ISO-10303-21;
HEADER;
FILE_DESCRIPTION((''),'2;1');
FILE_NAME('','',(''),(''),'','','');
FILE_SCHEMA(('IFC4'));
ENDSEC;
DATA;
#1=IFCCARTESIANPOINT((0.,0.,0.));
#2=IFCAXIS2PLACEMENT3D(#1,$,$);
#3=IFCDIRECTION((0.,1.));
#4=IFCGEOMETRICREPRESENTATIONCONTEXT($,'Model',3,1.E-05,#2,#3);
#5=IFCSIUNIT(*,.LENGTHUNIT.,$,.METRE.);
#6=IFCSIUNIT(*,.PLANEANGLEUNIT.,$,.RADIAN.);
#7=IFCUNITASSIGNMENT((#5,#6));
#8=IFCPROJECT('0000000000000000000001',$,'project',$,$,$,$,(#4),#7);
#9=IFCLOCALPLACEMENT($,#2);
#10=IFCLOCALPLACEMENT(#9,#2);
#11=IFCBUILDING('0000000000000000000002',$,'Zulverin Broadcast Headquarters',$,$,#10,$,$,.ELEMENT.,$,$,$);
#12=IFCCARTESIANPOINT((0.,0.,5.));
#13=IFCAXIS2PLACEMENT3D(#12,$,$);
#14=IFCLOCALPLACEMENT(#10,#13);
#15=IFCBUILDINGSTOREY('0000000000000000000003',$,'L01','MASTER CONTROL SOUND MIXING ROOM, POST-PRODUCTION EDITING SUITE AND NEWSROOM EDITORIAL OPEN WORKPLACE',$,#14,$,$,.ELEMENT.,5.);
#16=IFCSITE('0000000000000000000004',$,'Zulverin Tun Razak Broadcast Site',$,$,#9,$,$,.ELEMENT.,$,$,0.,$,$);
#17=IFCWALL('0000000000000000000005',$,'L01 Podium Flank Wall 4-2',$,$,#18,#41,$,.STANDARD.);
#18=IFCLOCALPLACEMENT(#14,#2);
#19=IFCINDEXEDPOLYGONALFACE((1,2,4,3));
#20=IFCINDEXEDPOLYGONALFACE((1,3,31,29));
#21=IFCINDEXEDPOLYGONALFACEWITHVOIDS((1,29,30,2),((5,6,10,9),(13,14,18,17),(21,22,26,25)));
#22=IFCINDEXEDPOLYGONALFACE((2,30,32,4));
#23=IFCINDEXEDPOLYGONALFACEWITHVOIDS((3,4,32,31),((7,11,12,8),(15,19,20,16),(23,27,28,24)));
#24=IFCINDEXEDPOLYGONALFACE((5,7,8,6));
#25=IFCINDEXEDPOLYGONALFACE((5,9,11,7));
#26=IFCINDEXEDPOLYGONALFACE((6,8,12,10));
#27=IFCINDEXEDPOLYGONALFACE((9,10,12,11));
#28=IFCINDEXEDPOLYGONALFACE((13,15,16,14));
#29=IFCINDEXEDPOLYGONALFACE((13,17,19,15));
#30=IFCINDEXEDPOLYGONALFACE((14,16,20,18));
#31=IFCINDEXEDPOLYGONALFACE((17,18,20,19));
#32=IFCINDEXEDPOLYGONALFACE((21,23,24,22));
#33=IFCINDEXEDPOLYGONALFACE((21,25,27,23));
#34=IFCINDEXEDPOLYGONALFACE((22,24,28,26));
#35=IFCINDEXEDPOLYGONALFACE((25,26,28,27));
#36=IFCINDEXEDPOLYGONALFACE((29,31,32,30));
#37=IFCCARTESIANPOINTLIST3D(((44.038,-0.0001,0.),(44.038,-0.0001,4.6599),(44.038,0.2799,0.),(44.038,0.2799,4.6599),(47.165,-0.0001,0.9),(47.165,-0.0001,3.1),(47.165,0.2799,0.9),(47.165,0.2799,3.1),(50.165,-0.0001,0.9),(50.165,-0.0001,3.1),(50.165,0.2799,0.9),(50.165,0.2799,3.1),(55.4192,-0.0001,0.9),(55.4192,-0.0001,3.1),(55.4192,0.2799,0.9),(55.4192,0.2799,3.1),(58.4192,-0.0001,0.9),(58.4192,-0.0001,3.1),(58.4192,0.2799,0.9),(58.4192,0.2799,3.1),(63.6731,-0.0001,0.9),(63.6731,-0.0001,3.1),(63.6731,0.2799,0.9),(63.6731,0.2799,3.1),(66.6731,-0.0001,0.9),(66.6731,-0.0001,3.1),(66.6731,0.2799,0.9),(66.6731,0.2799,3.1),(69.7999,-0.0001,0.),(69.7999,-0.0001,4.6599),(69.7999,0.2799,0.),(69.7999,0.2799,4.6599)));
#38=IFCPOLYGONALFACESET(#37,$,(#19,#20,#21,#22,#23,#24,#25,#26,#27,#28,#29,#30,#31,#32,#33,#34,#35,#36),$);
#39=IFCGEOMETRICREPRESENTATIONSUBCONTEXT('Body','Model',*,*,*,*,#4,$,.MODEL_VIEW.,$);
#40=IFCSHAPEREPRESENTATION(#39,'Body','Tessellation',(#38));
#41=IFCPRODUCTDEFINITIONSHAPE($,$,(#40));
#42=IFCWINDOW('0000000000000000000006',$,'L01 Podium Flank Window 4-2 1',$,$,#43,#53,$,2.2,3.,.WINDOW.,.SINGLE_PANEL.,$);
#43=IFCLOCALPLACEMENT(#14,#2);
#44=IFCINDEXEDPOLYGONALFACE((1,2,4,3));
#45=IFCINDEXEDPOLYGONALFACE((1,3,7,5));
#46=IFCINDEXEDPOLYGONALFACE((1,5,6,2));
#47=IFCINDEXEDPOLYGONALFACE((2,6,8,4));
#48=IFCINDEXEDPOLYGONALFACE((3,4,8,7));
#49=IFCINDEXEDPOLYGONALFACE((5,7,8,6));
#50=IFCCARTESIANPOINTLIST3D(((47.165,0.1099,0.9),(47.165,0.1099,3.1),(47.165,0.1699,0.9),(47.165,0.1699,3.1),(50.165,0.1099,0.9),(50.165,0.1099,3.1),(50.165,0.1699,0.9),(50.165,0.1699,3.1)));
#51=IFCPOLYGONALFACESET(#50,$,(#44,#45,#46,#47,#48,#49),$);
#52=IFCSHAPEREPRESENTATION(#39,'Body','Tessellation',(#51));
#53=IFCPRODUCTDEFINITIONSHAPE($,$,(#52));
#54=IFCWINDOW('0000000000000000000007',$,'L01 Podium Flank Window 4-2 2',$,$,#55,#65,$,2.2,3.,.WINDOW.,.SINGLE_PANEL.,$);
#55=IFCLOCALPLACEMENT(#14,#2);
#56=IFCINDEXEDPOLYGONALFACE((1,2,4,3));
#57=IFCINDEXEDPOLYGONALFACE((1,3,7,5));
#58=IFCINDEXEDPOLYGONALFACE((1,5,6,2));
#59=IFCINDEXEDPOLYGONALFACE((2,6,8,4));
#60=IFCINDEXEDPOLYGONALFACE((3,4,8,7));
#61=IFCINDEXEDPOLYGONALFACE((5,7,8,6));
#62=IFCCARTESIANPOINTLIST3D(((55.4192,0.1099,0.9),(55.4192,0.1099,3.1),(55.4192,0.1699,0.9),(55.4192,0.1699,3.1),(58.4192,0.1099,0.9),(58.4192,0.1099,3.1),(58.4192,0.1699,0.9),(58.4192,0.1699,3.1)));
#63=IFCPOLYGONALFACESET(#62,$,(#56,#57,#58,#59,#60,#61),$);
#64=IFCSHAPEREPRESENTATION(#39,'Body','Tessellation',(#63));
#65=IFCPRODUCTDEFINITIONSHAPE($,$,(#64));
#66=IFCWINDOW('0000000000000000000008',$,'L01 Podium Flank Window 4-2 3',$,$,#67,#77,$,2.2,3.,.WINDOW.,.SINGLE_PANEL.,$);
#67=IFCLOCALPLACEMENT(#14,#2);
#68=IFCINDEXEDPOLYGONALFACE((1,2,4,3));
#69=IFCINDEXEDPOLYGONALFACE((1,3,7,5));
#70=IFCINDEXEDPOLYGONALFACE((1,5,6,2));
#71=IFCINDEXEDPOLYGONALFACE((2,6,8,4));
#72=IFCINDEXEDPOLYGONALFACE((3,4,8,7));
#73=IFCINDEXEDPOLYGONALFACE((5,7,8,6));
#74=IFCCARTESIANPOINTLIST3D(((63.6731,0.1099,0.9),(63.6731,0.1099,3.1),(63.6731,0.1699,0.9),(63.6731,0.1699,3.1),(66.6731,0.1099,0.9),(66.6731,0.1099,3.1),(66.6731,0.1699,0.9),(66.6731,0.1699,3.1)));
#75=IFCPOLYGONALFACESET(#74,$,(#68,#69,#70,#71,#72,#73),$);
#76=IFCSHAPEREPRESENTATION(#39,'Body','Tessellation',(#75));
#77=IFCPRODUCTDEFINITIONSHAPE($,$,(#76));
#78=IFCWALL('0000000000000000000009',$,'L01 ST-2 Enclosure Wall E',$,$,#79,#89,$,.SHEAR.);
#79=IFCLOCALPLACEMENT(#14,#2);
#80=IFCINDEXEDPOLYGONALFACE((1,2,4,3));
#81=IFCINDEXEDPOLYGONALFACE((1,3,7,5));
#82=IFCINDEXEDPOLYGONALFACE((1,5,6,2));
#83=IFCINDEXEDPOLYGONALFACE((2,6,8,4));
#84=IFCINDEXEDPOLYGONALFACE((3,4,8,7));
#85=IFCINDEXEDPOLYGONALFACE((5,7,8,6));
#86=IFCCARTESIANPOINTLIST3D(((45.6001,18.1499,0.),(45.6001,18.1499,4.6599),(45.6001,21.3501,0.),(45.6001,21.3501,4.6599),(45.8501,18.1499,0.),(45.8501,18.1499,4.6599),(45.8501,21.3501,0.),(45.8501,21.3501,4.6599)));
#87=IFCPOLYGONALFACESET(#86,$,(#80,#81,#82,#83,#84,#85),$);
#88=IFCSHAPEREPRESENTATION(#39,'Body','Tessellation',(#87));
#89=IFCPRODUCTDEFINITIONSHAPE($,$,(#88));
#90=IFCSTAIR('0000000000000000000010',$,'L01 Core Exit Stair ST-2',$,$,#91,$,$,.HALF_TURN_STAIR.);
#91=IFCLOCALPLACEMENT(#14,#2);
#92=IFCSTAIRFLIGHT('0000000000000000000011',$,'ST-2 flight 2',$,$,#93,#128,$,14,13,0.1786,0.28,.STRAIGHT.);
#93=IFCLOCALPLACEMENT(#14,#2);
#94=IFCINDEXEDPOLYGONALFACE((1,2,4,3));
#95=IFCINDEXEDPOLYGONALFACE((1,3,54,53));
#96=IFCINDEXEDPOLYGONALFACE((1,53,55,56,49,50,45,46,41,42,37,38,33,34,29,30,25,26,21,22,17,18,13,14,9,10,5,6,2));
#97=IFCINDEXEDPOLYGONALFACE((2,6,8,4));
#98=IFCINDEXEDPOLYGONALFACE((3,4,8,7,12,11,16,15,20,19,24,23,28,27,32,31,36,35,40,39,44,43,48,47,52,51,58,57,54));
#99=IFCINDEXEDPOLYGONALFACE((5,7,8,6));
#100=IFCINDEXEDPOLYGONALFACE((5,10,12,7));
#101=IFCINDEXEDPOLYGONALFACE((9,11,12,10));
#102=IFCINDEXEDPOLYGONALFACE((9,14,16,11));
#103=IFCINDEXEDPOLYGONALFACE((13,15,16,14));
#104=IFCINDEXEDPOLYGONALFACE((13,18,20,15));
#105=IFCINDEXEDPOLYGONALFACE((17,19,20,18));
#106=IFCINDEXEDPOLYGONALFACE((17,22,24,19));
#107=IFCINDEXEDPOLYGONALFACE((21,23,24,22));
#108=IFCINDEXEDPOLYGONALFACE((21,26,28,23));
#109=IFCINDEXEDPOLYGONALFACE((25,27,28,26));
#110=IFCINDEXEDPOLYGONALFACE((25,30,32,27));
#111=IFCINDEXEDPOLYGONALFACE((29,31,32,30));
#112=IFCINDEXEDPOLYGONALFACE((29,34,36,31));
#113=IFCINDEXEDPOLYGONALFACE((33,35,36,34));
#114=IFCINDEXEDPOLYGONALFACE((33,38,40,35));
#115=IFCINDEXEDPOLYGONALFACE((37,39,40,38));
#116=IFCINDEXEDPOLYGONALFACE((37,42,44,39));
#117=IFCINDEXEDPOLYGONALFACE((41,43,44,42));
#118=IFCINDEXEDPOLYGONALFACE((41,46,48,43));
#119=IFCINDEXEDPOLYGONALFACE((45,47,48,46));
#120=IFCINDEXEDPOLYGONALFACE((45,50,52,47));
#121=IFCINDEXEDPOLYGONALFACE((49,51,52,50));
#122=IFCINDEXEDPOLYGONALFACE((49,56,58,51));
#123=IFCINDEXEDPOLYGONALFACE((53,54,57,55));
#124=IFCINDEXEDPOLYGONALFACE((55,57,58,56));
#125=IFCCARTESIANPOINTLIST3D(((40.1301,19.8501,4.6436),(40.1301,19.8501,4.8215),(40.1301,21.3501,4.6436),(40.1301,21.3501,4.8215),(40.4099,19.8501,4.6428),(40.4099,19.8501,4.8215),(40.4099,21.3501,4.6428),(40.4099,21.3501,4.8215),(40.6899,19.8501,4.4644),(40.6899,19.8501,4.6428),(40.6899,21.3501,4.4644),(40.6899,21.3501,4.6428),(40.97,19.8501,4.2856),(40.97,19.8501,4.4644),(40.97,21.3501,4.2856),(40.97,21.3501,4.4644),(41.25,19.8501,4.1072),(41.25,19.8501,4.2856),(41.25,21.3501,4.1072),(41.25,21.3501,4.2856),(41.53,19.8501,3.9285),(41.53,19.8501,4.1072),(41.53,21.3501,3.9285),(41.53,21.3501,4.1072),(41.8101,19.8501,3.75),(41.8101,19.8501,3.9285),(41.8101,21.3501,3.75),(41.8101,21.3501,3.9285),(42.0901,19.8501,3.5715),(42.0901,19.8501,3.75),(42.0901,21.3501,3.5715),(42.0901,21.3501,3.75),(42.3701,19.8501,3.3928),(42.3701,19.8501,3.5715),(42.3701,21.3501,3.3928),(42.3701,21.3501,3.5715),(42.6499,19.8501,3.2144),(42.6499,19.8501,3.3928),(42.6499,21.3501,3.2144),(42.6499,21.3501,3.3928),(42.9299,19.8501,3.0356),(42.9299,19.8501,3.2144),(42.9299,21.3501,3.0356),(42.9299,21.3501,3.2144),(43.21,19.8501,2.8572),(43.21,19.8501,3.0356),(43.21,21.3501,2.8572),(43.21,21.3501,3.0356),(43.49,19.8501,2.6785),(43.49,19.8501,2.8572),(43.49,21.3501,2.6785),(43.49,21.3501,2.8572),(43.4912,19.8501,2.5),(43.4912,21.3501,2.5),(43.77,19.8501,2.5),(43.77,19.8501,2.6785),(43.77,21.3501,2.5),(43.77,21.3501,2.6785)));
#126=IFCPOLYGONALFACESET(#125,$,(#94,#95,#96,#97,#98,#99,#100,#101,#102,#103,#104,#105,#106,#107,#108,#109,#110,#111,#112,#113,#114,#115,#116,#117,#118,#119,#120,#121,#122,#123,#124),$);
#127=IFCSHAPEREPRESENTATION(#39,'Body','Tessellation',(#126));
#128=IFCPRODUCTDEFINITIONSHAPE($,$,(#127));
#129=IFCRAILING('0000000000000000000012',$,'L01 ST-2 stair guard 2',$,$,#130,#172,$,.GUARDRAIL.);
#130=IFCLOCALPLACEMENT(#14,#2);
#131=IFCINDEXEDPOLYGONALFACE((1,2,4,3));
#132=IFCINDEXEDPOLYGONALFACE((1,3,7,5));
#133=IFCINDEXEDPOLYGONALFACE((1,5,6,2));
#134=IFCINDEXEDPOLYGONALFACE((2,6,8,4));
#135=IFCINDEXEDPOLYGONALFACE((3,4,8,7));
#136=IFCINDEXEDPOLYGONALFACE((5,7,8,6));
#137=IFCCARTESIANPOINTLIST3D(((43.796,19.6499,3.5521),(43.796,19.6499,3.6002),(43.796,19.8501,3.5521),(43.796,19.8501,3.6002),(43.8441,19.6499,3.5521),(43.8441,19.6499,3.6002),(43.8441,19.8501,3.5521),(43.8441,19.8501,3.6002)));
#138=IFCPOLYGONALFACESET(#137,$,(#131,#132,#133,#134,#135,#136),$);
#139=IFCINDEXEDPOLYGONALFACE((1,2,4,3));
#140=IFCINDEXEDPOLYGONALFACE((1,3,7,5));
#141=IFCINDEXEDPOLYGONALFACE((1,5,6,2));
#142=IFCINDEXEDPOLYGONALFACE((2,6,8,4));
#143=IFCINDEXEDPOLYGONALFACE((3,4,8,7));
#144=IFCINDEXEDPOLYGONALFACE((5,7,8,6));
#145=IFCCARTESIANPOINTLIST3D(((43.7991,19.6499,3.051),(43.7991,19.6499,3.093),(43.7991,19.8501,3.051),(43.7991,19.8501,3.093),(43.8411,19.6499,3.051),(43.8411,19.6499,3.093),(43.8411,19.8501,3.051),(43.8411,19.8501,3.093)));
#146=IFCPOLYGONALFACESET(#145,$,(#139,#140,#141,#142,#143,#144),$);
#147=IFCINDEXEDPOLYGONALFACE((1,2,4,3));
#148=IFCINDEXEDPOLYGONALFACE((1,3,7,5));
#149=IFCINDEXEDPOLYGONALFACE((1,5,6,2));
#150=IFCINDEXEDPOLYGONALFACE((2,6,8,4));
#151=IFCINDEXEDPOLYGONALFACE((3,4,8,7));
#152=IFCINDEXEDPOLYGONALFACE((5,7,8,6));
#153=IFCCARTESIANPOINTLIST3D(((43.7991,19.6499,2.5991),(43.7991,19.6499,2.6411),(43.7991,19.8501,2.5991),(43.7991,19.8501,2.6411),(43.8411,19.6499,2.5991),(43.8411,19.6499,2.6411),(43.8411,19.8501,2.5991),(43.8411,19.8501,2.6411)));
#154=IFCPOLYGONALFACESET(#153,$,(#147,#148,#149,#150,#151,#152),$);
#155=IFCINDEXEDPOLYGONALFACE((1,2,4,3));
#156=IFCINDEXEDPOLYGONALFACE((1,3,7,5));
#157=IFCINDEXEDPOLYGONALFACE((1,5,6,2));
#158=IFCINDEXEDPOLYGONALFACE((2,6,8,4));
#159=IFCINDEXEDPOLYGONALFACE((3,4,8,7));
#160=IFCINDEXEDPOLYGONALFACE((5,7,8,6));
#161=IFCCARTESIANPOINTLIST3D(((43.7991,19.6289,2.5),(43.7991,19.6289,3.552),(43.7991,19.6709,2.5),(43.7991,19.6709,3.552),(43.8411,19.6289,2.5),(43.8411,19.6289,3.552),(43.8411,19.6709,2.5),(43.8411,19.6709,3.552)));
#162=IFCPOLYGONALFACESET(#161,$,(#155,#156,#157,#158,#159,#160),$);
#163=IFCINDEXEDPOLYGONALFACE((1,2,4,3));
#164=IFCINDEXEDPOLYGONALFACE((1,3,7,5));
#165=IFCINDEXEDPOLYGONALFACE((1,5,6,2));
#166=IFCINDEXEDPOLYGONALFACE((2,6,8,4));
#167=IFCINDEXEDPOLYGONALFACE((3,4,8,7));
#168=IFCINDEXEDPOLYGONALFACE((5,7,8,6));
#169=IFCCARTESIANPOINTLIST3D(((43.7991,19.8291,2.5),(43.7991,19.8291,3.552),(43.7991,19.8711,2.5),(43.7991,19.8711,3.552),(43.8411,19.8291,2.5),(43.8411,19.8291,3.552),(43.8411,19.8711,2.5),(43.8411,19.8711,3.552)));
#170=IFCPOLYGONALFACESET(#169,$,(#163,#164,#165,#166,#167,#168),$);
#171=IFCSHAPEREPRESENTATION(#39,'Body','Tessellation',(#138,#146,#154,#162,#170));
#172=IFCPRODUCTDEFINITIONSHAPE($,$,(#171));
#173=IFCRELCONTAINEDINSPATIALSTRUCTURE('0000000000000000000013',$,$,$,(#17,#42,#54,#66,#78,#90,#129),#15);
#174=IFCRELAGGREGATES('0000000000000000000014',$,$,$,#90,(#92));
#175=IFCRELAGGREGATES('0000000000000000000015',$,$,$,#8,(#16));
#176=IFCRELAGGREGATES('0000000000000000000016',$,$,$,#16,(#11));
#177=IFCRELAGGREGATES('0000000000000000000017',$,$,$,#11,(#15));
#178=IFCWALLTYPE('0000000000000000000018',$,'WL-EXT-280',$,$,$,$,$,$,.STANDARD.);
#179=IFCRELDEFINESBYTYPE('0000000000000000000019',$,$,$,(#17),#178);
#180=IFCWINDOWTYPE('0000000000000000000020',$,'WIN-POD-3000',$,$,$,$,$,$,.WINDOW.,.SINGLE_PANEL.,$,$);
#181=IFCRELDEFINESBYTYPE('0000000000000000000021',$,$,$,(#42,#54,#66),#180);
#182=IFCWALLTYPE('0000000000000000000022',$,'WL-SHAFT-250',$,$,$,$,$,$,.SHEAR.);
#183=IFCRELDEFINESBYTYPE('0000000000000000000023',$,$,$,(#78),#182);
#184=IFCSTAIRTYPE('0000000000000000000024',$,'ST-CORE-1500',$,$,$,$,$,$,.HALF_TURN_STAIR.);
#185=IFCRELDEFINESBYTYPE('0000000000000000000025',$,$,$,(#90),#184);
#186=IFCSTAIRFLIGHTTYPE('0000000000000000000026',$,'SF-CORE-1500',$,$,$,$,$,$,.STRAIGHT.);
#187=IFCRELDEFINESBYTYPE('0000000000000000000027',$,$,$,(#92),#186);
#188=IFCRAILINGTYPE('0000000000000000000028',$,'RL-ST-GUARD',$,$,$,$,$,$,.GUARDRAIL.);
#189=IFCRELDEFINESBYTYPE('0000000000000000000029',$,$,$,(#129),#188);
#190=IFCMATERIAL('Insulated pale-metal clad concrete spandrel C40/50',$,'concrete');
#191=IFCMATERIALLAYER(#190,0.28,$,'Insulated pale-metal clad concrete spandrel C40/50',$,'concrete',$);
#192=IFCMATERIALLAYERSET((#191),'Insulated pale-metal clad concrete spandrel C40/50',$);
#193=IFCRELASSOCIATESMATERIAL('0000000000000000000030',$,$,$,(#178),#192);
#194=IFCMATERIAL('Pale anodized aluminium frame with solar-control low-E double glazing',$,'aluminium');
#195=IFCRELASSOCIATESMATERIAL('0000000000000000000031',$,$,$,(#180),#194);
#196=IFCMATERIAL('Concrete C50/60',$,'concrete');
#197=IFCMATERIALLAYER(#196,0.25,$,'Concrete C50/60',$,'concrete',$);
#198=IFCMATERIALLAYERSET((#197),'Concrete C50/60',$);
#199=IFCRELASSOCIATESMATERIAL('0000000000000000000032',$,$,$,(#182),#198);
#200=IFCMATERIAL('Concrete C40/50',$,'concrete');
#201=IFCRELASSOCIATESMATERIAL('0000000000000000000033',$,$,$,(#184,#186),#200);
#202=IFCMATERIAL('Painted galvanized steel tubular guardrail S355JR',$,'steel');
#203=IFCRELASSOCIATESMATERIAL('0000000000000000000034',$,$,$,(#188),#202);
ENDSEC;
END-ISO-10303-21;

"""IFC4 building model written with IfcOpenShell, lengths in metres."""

from ifc_helpers import new_model, si_unit, direction, frame, frame_2d, origin, origin_2d, place, context, subcontext, project, spatial, polyline, rectangle, outline, extrude, material, layer, layer_set, type_object, element, fill, aggregate, save


model = new_model("IFC4")

# Units and contexts
model_context = context("Model", 3, precision=1e-05, world=origin(), true_north=direction((0.0, 1.0)))
body_context = subcontext(model_context, "Body", "Model", "MODEL_VIEW")
ifc_project = project(units=[si_unit("LENGTHUNIT", "METRE"), si_unit("PLANEANGLEUNIT", "RADIAN")], contexts=[model_context])

# Site, building, storey
site_placement = place(None, origin())
site = spatial("IfcSite", under=ifc_project, at=site_placement, Name="Zulverin Tun Razak Broadcast Site", CompositionType="ELEMENT", RefElevation=0.0)
building_placement = place(site_placement, origin())
building = spatial("IfcBuilding", under=site, at=building_placement, Name="Zulverin Broadcast Headquarters", CompositionType="ELEMENT")
storey_placement = place(building_placement, frame((0.0, 0.0, 5.0)))
storey = spatial("IfcBuildingStorey", under=building, at=storey_placement, Name="L01", Description="MASTER CONTROL SOUND MIXING ROOM, POST-PRODUCTION EDITING SUITE AND NEWSROOM EDITORIAL OPEN WORKPLACE", CompositionType="ELEMENT", Elevation=5.0)

# Wall, openings, windows
ifc_material_1 = material(Name="Insulated pale-metal clad concrete spandrel C40/50", Category="concrete")
ifc_layer_1 = layer(ifc_material_1, 0.28, Name="Insulated pale-metal clad concrete spandrel C40/50", Category="concrete")
ifc_layer_set_1 = layer_set([ifc_layer_1], Name="Insulated pale-metal clad concrete spandrel C40/50")
wall_type_1 = type_object("IfcWallType", Name="WL-EXT-280", PredefinedType="STANDARD", material=ifc_layer_set_1)
wall_1_placement = place(storey_placement, frame((44.0381, 0.1399, 0.0), z_axis=(0.0, 0.0, 1.0), x_axis=(1.0, 0.0, 0.0)))
wall_1 = element("IfcWall", 1, at=wall_1_placement, inside=storey, type_object=wall_type_1, Name="L01 Podium Flank Wall 4-2", PredefinedType="STANDARD", context=body_context, shape_type="SweptSolid", body=[
    extrude(rectangle(XDim=25.762, YDim=0.28, at=frame_2d((12.8809, 0.0))), origin(), (0.0, 0.0, 1.0), 4.6599),
])
opening_1_placement = place(wall_1_placement, frame((3.127, 0.0, 0.8999)))
opening_1 = element("IfcOpeningElement", 2, at=opening_1_placement, cuts=wall_1, PredefinedType="OPENING", context=body_context, shape_type="SweptSolid", body=[
    extrude(rectangle(XDim=3.0, YDim=2.2, at=frame_2d((1.5, 1.1001))), frame((0.0, 0.1499, 0.0), z_axis=(0.0, -1.0, 0.0), x_axis=(1.0, 0.0, 0.0)), (0.0, 0.0, 1.0), 0.3),
])
opening_2_placement = place(wall_1_placement, frame((11.3811, 0.0, 0.8999)))
opening_2 = element("IfcOpeningElement", 3, at=opening_2_placement, cuts=wall_1, PredefinedType="OPENING", context=body_context, shape_type="SweptSolid", body=[
    extrude(rectangle(XDim=3.0, YDim=2.2, at=frame_2d((1.5, 1.1001))), frame((0.0, 0.1499, 0.0), z_axis=(0.0, -1.0, 0.0), x_axis=(1.0, 0.0, 0.0)), (0.0, 0.0, 1.0), 0.3),
])
opening_3_placement = place(wall_1_placement, frame((19.635, 0.0, 0.8999)))
opening_3 = element("IfcOpeningElement", 4, at=opening_3_placement, cuts=wall_1, PredefinedType="OPENING", context=body_context, shape_type="SweptSolid", body=[
    extrude(rectangle(XDim=3.0, YDim=2.2, at=frame_2d((1.5, 1.1001))), frame((0.0, 0.1499, 0.0), z_axis=(0.0, -1.0, 0.0), x_axis=(1.0, 0.0, 0.0)), (0.0, 0.0, 1.0), 0.3),
])
ifc_material_2 = material(Name="Pale anodized aluminium frame with solar-control low-E double glazing", Category="aluminium")
window_type = type_object("IfcWindowType", Name="WIN-POD-3000", PartitioningType="SINGLE_PANEL", PredefinedType="WINDOW", material=ifc_material_2)
window_1_placement = place(opening_1_placement, origin())
window_1 = element("IfcWindow", 5, at=window_1_placement, inside=storey, type_object=window_type, Name="L01 Podium Flank Window 4-2 1", OverallHeight=2.2, OverallWidth=3.0, PartitioningType="SINGLE_PANEL", PredefinedType="WINDOW", context=body_context, shape_type="SweptSolid", body=[
    extrude(rectangle(XDim=3.0, YDim=2.2, at=frame_2d((1.5, 1.1001))), frame((0.0, 0.03, 0.0), z_axis=(0.0, -1.0, 0.0), x_axis=(1.0, 0.0, 0.0)), (0.0, 0.0, 1.0), 0.0601),
])
fill(opening_1, window_1)
window_2_placement = place(opening_2_placement, origin())
window_2 = element("IfcWindow", 6, at=window_2_placement, inside=storey, type_object=window_type, Name="L01 Podium Flank Window 4-2 2", OverallHeight=2.2, OverallWidth=3.0, PartitioningType="SINGLE_PANEL", PredefinedType="WINDOW", context=body_context, shape_type="SweptSolid", body=[
    extrude(rectangle(XDim=3.0, YDim=2.2, at=frame_2d((1.5, 1.1001))), frame((0.0, 0.03, 0.0), z_axis=(0.0, -1.0, 0.0), x_axis=(1.0, 0.0, 0.0)), (0.0, 0.0, 1.0), 0.0601),
])
fill(opening_2, window_2)
window_3_placement = place(opening_3_placement, origin())
window_3 = element("IfcWindow", 7, at=window_3_placement, inside=storey, type_object=window_type, Name="L01 Podium Flank Window 4-2 3", OverallHeight=2.2, OverallWidth=3.0, PartitioningType="SINGLE_PANEL", PredefinedType="WINDOW", context=body_context, shape_type="SweptSolid", body=[
    extrude(rectangle(XDim=3.0, YDim=2.2, at=frame_2d((1.5, 1.1001))), frame((0.0, 0.03, 0.0), z_axis=(0.0, -1.0, 0.0), x_axis=(1.0, 0.0, 0.0)), (0.0, 0.0, 1.0), 0.0601),
])
fill(opening_3, window_3)

# Wall
ifc_material_3 = material(Name="Concrete C50/60", Category="concrete")
ifc_layer_2 = layer(ifc_material_3, 0.25, Name="Concrete C50/60", Category="concrete")
ifc_layer_set_2 = layer_set([ifc_layer_2], Name="Concrete C50/60")
wall_type_2 = type_object("IfcWallType", Name="WL-SHAFT-250", PredefinedType="SHEAR", material=ifc_layer_set_2)
wall_2_placement = place(storey_placement, frame((45.7251, 18.1499, 0.0), z_axis=(0.0, 0.0, 1.0), x_axis=(0.0, 1.0, 0.0)))
element("IfcWall", 8, at=wall_2_placement, inside=storey, type_object=wall_type_2, Name="L01 ST-2 Enclosure Wall E", PredefinedType="SHEAR", context=body_context, shape_type="SweptSolid", body=[
    extrude(rectangle(XDim=3.2002, YDim=0.25, at=frame_2d((1.6001, 0.0))), origin(), (0.0, 0.0, 1.0), 4.6599),
])

# Stair, stair flight
ifc_material_4 = material(Name="Concrete C40/50", Category="concrete")
stair_type = type_object("IfcStairType", Name="ST-CORE-1500", PredefinedType="HALF_TURN_STAIR", material=ifc_material_4)
stair_placement = place(storey_placement, origin())
stair = element("IfcStair", 9, at=stair_placement, inside=storey, type_object=stair_type, Name="L01 Core Exit Stair ST-2", PredefinedType="HALF_TURN_STAIR")
stair_flight_type = type_object("IfcStairFlightType", Name="SF-CORE-1500", PredefinedType="STRAIGHT", material=ifc_material_4)
stair_flight_placement = place(storey_placement, frame((43.77, 20.6001, 2.5), z_axis=(0.0, 0.0, 1.0), x_axis=(-1.0, 0.0, 0.0)))
stair_flight = element("IfcStairFlight", 10, at=stair_flight_placement, type_object=stair_flight_type, Name="ST-2 flight 2", NumberOfRisers=14, NumberOfTreads=13, PredefinedType="STRAIGHT", RiserHeight=0.1786, TreadLength=0.28, context=body_context, shape_type="SweptSolid", body=[
    extrude(outline(polyline([(0.0, 0.0), (0.0, 0.1785), (0.28, 0.1785), (0.28, 0.3572), (0.5601, 0.3572), (0.5601, 0.5356), (0.8401, 0.5356), (0.8401, 0.7144), (1.1201, 0.7144), (1.1201, 0.8928), (1.3999, 0.8928), (1.3999, 1.0715), (1.6799, 1.0715), (1.6799, 1.25), (1.96, 1.25), (1.96, 1.4285), (2.24, 1.4285), (2.24, 1.6072), (2.52, 1.6072), (2.52, 1.7856), (2.8, 1.7856), (2.8, 1.9644), (3.0801, 1.9644), (3.0801, 2.1428), (3.3601, 2.1428), (3.3601, 2.3215), (3.6399, 2.3215), (3.6399, 2.5), (3.6399, 2.1436), (0.2788, 0.0), (0.0, 0.0)])), frame((0.0, 0.75, 0.0), z_axis=(0.0, -1.0, 0.0), x_axis=(1.0, 0.0, 0.0)), (0.0, 0.0, 1.0), 1.5),
])
aggregate(stair, [stair_flight])

# Railing
ifc_material_5 = material(Name="Painted galvanized steel tubular guardrail S355JR", Category="steel")
railing_type_1 = type_object("IfcRailingType", Name="RL-ST-GUARD", PredefinedType="GUARDRAIL", material=ifc_material_5)
railing_1_placement = place(storey_placement, frame((43.8201, 19.6499, 2.5)))
element("IfcRailing", 11, at=railing_1_placement, inside=storey, type_object=railing_type_1, Name="L01 ST-2 stair guard 2", PredefinedType="GUARDRAIL", context=body_context, shape_type="SweptSolid", body=[
    extrude(rectangle(XDim=0.0481, YDim=0.0481, at=origin_2d()), frame((0.0, 0.0, 1.0762), z_axis=(0.0, 1.0, 0.0), x_axis=(-1.0, 0.0, 0.0)), (0.0, 0.0, 1.0), 0.2002),
    extrude(rectangle(XDim=0.042, YDim=0.042, at=origin_2d()), frame((0.0, 0.0, 0.572), z_axis=(0.0, 1.0, 0.0), x_axis=(-1.0, 0.0, 0.0)), (0.0, 0.0, 1.0), 0.2002),
    extrude(rectangle(XDim=0.042, YDim=0.042, at=origin_2d()), frame((0.0, 0.0, 0.1201), z_axis=(0.0, 1.0, 0.0), x_axis=(-1.0, 0.0, 0.0)), (0.0, 0.0, 1.0), 0.2002),
    extrude(rectangle(XDim=0.042, YDim=0.042, at=origin_2d()), origin(), (0.0, 0.0, 1.0), 1.052),
    extrude(rectangle(XDim=0.042, YDim=0.042, at=origin_2d()), frame((0.0, 0.2002, 0.0)), (0.0, 0.0, 1.0), 1.052),
])

save(model, "model.ifc")
